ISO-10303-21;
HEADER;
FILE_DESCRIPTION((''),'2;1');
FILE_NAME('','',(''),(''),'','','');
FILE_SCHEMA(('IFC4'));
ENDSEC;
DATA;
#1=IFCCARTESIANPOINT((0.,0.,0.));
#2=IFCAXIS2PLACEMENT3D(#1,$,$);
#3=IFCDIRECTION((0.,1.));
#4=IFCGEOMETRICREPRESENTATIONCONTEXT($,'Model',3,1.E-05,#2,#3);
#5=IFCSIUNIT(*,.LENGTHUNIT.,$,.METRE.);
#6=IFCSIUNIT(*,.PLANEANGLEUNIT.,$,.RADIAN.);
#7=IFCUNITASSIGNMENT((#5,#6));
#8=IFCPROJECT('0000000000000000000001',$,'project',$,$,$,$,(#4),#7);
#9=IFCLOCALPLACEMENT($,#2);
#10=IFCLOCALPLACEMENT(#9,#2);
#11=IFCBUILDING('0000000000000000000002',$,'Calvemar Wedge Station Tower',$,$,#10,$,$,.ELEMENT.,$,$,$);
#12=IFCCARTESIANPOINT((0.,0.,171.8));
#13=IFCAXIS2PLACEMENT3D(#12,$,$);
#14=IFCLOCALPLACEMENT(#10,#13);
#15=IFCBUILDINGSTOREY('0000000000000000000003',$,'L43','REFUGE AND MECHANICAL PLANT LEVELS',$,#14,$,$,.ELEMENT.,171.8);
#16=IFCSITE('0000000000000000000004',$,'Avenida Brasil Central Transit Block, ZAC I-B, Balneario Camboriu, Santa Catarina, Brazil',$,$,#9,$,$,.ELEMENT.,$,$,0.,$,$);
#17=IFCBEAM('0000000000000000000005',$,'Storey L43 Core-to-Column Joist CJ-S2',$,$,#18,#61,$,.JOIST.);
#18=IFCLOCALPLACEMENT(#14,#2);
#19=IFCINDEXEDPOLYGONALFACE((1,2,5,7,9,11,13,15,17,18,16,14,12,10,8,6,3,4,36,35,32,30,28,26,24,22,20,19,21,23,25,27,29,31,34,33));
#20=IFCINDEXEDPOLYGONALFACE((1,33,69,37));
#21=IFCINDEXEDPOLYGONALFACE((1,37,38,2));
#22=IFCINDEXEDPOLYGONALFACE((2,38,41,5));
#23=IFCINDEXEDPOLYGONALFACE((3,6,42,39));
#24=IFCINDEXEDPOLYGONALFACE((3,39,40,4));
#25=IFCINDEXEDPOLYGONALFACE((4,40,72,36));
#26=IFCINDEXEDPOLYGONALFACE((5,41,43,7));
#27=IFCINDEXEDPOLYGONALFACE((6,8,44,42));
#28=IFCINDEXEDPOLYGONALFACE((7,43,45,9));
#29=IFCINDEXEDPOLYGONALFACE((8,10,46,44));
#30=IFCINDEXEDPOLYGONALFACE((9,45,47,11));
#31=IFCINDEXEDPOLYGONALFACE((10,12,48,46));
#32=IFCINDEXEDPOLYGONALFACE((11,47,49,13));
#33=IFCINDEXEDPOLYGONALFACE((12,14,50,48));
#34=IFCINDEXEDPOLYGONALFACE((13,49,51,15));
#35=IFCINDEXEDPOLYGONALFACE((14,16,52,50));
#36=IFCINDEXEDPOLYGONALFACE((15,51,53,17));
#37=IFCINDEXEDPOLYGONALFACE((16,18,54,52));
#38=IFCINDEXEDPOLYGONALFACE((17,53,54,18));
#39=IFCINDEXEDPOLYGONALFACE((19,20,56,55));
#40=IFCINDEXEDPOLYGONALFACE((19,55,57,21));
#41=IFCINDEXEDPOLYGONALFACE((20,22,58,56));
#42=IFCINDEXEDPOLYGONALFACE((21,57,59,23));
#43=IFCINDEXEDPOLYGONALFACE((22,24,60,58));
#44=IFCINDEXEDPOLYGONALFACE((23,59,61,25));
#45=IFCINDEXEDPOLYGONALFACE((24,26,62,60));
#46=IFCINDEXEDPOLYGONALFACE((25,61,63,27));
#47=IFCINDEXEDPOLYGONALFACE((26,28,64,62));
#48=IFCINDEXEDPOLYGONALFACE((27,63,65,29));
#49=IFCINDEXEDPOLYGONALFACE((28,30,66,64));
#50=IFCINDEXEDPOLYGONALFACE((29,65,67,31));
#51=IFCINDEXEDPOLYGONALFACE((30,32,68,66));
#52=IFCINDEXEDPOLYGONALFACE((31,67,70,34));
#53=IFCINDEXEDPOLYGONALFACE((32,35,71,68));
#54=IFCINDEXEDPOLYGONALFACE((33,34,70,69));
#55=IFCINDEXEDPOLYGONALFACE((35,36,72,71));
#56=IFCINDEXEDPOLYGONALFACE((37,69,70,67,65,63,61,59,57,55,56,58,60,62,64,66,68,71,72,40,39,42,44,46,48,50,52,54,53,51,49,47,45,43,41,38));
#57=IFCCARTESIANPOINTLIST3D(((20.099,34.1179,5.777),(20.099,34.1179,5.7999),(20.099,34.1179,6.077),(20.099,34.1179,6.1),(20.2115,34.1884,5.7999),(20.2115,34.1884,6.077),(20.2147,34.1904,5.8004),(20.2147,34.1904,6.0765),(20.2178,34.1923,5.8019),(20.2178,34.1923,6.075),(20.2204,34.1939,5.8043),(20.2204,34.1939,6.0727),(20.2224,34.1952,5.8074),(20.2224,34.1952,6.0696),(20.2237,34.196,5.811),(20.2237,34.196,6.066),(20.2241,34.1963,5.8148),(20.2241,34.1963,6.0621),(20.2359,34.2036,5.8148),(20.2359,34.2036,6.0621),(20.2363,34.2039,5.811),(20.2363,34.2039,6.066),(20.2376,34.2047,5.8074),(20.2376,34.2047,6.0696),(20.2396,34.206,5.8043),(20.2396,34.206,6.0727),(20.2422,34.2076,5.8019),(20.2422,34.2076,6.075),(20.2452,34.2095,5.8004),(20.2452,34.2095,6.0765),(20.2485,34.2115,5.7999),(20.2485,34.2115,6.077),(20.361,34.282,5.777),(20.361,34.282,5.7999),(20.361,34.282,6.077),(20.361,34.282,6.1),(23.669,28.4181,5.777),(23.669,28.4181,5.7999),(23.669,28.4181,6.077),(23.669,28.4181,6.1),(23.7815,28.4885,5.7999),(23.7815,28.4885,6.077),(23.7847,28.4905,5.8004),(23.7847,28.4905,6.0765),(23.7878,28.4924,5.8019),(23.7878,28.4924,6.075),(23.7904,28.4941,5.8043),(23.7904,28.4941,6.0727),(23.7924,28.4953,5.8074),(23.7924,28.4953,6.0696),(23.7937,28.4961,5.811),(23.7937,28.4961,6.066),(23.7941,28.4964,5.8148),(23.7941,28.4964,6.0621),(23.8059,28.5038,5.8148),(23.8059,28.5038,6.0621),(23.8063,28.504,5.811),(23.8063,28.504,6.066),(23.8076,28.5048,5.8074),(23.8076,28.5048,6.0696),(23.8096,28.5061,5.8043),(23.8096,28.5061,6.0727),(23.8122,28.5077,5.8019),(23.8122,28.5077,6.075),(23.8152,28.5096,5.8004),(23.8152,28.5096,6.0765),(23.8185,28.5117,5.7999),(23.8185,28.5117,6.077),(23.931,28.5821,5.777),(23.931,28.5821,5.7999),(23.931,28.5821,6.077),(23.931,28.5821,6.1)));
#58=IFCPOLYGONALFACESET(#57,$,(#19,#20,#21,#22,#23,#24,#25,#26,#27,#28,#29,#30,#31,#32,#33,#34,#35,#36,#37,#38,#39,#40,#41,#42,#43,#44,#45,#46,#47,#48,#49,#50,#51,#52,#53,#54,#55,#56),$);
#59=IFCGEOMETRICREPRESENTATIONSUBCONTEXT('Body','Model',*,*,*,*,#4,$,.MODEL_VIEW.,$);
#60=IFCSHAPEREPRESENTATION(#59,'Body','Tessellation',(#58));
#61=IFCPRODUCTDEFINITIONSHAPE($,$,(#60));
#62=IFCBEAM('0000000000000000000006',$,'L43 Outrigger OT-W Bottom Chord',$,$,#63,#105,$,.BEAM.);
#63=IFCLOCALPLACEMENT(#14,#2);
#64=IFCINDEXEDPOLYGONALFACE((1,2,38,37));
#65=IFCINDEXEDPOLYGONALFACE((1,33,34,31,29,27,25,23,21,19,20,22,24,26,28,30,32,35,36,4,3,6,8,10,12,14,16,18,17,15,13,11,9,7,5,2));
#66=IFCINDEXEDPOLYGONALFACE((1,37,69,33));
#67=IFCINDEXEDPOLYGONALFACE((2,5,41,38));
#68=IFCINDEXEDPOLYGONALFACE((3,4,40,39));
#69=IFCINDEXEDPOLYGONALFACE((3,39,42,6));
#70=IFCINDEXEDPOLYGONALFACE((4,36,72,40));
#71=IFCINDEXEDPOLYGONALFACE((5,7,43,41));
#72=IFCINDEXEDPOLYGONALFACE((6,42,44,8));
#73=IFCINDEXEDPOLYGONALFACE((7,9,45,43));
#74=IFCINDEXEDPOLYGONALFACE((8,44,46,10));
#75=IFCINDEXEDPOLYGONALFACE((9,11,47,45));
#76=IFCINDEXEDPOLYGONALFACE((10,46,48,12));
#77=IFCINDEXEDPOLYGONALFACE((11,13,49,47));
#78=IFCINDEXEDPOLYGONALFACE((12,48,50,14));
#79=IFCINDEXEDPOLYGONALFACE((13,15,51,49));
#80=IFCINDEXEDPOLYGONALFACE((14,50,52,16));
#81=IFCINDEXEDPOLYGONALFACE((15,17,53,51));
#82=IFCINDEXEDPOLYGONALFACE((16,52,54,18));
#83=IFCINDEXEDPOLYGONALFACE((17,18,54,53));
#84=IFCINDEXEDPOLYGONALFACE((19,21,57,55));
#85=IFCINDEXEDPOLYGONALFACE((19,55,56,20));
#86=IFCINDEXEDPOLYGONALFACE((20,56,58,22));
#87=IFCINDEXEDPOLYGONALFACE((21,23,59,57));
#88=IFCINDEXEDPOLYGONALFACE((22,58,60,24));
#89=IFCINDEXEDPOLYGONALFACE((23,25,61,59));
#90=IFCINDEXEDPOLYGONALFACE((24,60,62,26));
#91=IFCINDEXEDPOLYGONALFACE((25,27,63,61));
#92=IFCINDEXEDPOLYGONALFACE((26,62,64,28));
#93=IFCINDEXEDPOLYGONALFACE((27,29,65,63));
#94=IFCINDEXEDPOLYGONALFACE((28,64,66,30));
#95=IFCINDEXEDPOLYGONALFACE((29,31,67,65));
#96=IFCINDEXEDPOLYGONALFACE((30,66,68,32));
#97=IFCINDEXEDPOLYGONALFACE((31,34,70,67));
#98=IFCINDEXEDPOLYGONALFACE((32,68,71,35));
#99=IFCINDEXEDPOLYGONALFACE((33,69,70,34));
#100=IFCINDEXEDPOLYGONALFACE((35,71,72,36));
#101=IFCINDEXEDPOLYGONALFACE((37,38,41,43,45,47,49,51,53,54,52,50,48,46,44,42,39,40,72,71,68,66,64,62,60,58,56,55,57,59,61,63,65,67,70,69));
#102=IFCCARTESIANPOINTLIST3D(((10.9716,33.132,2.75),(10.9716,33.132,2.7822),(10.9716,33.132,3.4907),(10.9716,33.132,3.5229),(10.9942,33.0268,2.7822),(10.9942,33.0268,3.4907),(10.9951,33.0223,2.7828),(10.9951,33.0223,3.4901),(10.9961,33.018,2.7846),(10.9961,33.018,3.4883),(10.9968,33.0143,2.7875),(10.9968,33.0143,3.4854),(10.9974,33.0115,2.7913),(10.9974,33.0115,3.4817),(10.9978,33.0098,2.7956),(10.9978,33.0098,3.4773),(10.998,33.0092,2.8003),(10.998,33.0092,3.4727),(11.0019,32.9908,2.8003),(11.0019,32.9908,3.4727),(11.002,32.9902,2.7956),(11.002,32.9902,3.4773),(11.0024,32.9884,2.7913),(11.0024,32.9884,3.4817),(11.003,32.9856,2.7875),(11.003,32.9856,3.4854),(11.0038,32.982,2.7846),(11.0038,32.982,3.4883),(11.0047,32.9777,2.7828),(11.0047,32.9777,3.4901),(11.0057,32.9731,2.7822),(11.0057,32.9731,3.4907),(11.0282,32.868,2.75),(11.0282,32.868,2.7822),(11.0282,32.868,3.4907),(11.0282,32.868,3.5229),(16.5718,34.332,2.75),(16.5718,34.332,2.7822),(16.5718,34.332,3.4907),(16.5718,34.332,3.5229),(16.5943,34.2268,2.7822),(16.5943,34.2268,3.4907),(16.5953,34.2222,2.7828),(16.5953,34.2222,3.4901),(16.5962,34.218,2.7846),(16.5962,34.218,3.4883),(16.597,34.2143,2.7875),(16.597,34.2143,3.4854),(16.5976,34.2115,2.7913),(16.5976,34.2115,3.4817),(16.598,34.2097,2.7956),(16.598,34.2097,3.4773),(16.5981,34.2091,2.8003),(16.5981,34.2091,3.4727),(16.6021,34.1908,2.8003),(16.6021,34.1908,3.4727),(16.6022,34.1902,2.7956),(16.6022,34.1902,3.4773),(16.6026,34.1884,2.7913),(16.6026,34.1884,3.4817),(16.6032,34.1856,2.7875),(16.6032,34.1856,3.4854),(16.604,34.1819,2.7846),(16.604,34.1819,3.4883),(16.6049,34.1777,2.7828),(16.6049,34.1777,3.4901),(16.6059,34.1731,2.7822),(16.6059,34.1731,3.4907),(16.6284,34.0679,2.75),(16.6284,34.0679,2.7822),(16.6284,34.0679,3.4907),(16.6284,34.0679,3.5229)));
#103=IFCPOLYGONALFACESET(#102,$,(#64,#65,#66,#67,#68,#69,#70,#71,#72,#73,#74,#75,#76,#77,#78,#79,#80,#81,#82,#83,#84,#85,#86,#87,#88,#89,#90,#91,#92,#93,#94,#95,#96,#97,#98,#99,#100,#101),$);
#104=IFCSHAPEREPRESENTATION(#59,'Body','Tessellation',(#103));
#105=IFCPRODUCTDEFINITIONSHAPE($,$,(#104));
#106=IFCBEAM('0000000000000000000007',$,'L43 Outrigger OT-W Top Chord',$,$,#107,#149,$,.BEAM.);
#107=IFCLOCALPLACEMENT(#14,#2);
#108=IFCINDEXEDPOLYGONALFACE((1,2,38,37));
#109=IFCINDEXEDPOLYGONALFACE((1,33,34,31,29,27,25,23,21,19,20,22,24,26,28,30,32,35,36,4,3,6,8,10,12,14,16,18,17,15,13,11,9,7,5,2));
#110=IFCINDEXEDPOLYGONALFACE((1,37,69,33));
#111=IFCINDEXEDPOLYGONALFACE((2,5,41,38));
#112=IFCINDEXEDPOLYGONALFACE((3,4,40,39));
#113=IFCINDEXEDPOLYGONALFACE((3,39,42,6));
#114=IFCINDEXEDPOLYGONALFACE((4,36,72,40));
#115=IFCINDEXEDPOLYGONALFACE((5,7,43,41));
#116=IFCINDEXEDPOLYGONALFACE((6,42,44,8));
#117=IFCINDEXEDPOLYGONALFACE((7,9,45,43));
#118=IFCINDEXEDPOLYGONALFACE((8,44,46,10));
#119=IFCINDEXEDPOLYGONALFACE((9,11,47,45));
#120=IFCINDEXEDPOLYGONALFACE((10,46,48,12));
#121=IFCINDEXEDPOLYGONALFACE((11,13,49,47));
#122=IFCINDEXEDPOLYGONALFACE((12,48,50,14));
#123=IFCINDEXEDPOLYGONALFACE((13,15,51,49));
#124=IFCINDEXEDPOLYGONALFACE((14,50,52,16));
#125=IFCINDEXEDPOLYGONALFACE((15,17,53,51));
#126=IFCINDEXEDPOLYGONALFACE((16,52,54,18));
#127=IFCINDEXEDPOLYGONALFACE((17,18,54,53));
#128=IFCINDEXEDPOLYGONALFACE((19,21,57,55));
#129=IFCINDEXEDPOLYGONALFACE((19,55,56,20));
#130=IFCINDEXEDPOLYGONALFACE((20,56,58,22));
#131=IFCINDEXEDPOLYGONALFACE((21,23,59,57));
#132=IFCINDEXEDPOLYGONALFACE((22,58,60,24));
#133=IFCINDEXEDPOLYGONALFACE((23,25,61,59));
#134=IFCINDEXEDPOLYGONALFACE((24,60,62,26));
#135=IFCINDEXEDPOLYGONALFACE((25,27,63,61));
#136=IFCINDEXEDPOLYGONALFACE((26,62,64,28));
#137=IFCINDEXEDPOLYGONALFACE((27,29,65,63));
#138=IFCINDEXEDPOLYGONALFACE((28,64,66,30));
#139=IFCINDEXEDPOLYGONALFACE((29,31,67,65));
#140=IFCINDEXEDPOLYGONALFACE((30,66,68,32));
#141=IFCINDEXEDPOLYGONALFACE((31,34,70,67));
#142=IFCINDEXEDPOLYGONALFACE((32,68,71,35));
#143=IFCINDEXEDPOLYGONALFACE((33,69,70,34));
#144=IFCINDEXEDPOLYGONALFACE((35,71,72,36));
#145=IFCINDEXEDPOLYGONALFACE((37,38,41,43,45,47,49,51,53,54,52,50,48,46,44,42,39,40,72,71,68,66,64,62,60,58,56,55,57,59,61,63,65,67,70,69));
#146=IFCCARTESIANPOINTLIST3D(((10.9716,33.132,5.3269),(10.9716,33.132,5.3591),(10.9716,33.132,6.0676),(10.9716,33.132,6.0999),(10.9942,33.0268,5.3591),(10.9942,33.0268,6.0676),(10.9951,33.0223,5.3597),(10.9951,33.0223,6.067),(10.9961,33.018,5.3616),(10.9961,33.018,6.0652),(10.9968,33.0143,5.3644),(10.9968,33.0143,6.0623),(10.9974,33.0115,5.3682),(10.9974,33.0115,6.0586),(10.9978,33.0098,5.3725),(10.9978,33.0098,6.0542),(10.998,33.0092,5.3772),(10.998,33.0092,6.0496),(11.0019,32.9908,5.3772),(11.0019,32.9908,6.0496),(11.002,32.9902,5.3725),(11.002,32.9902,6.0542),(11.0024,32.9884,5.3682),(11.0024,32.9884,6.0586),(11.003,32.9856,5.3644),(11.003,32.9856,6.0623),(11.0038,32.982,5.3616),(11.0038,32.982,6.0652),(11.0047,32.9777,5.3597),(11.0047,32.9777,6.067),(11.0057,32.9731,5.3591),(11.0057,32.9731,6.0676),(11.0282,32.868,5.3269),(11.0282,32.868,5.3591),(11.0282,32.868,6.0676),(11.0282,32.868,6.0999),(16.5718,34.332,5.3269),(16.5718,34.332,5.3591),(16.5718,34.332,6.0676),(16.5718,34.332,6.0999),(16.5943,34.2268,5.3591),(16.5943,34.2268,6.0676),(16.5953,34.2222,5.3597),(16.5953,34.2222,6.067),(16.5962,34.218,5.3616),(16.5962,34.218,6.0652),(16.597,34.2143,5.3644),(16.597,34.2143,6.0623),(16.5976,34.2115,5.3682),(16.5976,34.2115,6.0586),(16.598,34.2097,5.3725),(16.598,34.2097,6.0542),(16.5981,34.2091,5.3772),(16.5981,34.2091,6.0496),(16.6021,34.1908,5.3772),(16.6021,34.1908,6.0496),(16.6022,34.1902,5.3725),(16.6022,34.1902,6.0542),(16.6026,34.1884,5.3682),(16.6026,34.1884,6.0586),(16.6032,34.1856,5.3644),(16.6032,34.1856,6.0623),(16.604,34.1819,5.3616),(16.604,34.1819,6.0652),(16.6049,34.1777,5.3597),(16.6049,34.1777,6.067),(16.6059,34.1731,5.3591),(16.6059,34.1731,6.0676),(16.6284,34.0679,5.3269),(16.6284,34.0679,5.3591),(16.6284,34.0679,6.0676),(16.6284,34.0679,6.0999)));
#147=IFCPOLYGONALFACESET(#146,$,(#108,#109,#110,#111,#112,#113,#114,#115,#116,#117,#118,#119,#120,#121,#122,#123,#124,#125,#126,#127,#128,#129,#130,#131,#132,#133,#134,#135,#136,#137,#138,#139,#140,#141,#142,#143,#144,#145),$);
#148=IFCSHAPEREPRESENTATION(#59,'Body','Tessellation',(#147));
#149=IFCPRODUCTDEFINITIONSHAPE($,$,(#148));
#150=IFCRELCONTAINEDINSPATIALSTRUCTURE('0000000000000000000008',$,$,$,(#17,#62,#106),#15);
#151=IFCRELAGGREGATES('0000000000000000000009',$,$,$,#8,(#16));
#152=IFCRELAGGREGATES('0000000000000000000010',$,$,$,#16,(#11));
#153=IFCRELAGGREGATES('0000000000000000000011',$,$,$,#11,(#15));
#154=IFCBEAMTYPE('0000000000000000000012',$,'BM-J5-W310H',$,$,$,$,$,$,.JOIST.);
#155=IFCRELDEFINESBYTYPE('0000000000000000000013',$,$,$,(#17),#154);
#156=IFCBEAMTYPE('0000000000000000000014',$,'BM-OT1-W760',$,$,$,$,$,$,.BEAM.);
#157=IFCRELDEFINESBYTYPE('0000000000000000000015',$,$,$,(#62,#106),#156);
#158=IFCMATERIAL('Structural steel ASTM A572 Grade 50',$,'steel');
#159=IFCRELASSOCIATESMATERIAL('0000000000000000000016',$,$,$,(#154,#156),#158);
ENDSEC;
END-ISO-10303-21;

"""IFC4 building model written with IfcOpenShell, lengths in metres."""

from ifc_helpers import new_model, si_unit, direction, frame, origin, origin_2d, place, context, subcontext, project, spatial, i_section, extrude, source, transform, mapped, material, material_profile, profile_set, type_object, element, save


model = new_model("IFC4")

# Units and contexts
model_context = context("Model", 3, precision=1e-05, world=origin(), true_north=direction((0.0, 1.0)))
body_context = subcontext(model_context, "Body", "Model", "MODEL_VIEW")
ifc_project = project(units=[si_unit("LENGTHUNIT", "METRE"), si_unit("PLANEANGLEUNIT", "RADIAN")], contexts=[model_context])

# Site, building, storey
site_placement = place(None, origin())
site = spatial("IfcSite", under=ifc_project, at=site_placement, Name="Avenida Brasil Central Transit Block, ZAC I-B, Balneario Camboriu, Santa Catarina, Brazil", CompositionType="ELEMENT", RefElevation=0.0)
building_placement = place(site_placement, origin())
building = spatial("IfcBuilding", under=site, at=building_placement, Name="Calvemar Wedge Station Tower", CompositionType="ELEMENT")
storey_placement = place(building_placement, frame((0.0, 0.0, 171.8)))
storey = spatial("IfcBuildingStorey", under=building, at=storey_placement, Name="L43", Description="REFUGE AND MECHANICAL PLANT LEVELS", CompositionType="ELEMENT", Elevation=171.8)

# Beams
ifc_material_1 = material(Name="Structural steel ASTM A572 Grade 50", Category="steel")
ifc_material_profile_1 = material_profile(ifc_material_1, i_section(OverallWidth=0.3091, OverallDepth=0.323, WebThickness=0.0139, FlangeThickness=0.0229, FilletRadius=0.0149, at=origin_2d()), Name="W310x143")
ifc_profile_set_1 = profile_set([ifc_material_profile_1], Name="Structural steel ASTM A572 Grade 50")
beam_type_1 = type_object("IfcBeamType", Name="BM-J5-W310H", PredefinedType="JOIST", material=ifc_profile_set_1)
shared_shape_1 = source(origin(), body_context, "Body", "SweptSolid", [
    extrude(i_section(OverallWidth=0.3091, OverallDepth=0.323, WebThickness=0.0139, FlangeThickness=0.0229, FilletRadius=0.0149, at=origin_2d()), origin(), (0.0, 0.0, 1.0), 6.7256),
])
beam_1_placement = place(storey_placement, frame((20.23, 34.2, 5.9385), z_axis=(0.530811, -0.84749, 0.0), x_axis=(0.84749, 0.530811, 0.0)))
element("IfcBeam", 1, at=beam_1_placement, inside=storey, type_object=beam_type_1, Name="Storey L43 Core-to-Column Joist CJ-S2", PredefinedType="JOIST", context=body_context, shape_type="MappedRepresentation", body=[
    mapped(shared_shape_1, transform((0.0, 0.0, 0.0), scale=1.0)),
])
ifc_material_profile_2 = material_profile(ifc_material_1, i_section(OverallWidth=0.27, OverallDepth=0.7729, WebThickness=0.0188, FlangeThickness=0.0322, FilletRadius=0.0181, at=origin_2d()), Name="W760x257")
ifc_profile_set_2 = profile_set([ifc_material_profile_2], Name="Structural steel ASTM A572 Grade 50")
beam_type_2 = type_object("IfcBeamType", Name="BM-OT1-W760", PredefinedType="BEAM", material=ifc_profile_set_2)
shared_shape_2 = source(origin(), body_context, "Body", "SweptSolid", [
    extrude(i_section(OverallWidth=0.27, OverallDepth=0.7729, WebThickness=0.0188, FlangeThickness=0.0322, FilletRadius=0.0181, at=origin_2d()), origin(), (0.0, 0.0, 1.0), 5.7273),
])
for number, where, z_axis, x_axis, name in (
    (2, (16.6001, 34.2, 3.1365), (-0.977805, -0.209517, 0.0), (0.209517, -0.977805, 0.0), "L43 Outrigger OT-W Bottom Chord"),
    (3, (16.6001, 34.2, 5.7134), (-0.977805, -0.209517, 0.0), (0.209517, -0.977805, 0.0), "L43 Outrigger OT-W Top Chord"),
):
    element("IfcBeam", number, at=place(storey_placement, frame(where, z_axis=z_axis, x_axis=x_axis)), inside=storey, type_object=beam_type_2, Name=name, PredefinedType="BEAM", context=body_context, shape_type="MappedRepresentation", body=[
        mapped(shared_shape_2, transform((0.0, 0.0, 0.0), scale=1.0)),
    ])

save(model, "model.ifc")
